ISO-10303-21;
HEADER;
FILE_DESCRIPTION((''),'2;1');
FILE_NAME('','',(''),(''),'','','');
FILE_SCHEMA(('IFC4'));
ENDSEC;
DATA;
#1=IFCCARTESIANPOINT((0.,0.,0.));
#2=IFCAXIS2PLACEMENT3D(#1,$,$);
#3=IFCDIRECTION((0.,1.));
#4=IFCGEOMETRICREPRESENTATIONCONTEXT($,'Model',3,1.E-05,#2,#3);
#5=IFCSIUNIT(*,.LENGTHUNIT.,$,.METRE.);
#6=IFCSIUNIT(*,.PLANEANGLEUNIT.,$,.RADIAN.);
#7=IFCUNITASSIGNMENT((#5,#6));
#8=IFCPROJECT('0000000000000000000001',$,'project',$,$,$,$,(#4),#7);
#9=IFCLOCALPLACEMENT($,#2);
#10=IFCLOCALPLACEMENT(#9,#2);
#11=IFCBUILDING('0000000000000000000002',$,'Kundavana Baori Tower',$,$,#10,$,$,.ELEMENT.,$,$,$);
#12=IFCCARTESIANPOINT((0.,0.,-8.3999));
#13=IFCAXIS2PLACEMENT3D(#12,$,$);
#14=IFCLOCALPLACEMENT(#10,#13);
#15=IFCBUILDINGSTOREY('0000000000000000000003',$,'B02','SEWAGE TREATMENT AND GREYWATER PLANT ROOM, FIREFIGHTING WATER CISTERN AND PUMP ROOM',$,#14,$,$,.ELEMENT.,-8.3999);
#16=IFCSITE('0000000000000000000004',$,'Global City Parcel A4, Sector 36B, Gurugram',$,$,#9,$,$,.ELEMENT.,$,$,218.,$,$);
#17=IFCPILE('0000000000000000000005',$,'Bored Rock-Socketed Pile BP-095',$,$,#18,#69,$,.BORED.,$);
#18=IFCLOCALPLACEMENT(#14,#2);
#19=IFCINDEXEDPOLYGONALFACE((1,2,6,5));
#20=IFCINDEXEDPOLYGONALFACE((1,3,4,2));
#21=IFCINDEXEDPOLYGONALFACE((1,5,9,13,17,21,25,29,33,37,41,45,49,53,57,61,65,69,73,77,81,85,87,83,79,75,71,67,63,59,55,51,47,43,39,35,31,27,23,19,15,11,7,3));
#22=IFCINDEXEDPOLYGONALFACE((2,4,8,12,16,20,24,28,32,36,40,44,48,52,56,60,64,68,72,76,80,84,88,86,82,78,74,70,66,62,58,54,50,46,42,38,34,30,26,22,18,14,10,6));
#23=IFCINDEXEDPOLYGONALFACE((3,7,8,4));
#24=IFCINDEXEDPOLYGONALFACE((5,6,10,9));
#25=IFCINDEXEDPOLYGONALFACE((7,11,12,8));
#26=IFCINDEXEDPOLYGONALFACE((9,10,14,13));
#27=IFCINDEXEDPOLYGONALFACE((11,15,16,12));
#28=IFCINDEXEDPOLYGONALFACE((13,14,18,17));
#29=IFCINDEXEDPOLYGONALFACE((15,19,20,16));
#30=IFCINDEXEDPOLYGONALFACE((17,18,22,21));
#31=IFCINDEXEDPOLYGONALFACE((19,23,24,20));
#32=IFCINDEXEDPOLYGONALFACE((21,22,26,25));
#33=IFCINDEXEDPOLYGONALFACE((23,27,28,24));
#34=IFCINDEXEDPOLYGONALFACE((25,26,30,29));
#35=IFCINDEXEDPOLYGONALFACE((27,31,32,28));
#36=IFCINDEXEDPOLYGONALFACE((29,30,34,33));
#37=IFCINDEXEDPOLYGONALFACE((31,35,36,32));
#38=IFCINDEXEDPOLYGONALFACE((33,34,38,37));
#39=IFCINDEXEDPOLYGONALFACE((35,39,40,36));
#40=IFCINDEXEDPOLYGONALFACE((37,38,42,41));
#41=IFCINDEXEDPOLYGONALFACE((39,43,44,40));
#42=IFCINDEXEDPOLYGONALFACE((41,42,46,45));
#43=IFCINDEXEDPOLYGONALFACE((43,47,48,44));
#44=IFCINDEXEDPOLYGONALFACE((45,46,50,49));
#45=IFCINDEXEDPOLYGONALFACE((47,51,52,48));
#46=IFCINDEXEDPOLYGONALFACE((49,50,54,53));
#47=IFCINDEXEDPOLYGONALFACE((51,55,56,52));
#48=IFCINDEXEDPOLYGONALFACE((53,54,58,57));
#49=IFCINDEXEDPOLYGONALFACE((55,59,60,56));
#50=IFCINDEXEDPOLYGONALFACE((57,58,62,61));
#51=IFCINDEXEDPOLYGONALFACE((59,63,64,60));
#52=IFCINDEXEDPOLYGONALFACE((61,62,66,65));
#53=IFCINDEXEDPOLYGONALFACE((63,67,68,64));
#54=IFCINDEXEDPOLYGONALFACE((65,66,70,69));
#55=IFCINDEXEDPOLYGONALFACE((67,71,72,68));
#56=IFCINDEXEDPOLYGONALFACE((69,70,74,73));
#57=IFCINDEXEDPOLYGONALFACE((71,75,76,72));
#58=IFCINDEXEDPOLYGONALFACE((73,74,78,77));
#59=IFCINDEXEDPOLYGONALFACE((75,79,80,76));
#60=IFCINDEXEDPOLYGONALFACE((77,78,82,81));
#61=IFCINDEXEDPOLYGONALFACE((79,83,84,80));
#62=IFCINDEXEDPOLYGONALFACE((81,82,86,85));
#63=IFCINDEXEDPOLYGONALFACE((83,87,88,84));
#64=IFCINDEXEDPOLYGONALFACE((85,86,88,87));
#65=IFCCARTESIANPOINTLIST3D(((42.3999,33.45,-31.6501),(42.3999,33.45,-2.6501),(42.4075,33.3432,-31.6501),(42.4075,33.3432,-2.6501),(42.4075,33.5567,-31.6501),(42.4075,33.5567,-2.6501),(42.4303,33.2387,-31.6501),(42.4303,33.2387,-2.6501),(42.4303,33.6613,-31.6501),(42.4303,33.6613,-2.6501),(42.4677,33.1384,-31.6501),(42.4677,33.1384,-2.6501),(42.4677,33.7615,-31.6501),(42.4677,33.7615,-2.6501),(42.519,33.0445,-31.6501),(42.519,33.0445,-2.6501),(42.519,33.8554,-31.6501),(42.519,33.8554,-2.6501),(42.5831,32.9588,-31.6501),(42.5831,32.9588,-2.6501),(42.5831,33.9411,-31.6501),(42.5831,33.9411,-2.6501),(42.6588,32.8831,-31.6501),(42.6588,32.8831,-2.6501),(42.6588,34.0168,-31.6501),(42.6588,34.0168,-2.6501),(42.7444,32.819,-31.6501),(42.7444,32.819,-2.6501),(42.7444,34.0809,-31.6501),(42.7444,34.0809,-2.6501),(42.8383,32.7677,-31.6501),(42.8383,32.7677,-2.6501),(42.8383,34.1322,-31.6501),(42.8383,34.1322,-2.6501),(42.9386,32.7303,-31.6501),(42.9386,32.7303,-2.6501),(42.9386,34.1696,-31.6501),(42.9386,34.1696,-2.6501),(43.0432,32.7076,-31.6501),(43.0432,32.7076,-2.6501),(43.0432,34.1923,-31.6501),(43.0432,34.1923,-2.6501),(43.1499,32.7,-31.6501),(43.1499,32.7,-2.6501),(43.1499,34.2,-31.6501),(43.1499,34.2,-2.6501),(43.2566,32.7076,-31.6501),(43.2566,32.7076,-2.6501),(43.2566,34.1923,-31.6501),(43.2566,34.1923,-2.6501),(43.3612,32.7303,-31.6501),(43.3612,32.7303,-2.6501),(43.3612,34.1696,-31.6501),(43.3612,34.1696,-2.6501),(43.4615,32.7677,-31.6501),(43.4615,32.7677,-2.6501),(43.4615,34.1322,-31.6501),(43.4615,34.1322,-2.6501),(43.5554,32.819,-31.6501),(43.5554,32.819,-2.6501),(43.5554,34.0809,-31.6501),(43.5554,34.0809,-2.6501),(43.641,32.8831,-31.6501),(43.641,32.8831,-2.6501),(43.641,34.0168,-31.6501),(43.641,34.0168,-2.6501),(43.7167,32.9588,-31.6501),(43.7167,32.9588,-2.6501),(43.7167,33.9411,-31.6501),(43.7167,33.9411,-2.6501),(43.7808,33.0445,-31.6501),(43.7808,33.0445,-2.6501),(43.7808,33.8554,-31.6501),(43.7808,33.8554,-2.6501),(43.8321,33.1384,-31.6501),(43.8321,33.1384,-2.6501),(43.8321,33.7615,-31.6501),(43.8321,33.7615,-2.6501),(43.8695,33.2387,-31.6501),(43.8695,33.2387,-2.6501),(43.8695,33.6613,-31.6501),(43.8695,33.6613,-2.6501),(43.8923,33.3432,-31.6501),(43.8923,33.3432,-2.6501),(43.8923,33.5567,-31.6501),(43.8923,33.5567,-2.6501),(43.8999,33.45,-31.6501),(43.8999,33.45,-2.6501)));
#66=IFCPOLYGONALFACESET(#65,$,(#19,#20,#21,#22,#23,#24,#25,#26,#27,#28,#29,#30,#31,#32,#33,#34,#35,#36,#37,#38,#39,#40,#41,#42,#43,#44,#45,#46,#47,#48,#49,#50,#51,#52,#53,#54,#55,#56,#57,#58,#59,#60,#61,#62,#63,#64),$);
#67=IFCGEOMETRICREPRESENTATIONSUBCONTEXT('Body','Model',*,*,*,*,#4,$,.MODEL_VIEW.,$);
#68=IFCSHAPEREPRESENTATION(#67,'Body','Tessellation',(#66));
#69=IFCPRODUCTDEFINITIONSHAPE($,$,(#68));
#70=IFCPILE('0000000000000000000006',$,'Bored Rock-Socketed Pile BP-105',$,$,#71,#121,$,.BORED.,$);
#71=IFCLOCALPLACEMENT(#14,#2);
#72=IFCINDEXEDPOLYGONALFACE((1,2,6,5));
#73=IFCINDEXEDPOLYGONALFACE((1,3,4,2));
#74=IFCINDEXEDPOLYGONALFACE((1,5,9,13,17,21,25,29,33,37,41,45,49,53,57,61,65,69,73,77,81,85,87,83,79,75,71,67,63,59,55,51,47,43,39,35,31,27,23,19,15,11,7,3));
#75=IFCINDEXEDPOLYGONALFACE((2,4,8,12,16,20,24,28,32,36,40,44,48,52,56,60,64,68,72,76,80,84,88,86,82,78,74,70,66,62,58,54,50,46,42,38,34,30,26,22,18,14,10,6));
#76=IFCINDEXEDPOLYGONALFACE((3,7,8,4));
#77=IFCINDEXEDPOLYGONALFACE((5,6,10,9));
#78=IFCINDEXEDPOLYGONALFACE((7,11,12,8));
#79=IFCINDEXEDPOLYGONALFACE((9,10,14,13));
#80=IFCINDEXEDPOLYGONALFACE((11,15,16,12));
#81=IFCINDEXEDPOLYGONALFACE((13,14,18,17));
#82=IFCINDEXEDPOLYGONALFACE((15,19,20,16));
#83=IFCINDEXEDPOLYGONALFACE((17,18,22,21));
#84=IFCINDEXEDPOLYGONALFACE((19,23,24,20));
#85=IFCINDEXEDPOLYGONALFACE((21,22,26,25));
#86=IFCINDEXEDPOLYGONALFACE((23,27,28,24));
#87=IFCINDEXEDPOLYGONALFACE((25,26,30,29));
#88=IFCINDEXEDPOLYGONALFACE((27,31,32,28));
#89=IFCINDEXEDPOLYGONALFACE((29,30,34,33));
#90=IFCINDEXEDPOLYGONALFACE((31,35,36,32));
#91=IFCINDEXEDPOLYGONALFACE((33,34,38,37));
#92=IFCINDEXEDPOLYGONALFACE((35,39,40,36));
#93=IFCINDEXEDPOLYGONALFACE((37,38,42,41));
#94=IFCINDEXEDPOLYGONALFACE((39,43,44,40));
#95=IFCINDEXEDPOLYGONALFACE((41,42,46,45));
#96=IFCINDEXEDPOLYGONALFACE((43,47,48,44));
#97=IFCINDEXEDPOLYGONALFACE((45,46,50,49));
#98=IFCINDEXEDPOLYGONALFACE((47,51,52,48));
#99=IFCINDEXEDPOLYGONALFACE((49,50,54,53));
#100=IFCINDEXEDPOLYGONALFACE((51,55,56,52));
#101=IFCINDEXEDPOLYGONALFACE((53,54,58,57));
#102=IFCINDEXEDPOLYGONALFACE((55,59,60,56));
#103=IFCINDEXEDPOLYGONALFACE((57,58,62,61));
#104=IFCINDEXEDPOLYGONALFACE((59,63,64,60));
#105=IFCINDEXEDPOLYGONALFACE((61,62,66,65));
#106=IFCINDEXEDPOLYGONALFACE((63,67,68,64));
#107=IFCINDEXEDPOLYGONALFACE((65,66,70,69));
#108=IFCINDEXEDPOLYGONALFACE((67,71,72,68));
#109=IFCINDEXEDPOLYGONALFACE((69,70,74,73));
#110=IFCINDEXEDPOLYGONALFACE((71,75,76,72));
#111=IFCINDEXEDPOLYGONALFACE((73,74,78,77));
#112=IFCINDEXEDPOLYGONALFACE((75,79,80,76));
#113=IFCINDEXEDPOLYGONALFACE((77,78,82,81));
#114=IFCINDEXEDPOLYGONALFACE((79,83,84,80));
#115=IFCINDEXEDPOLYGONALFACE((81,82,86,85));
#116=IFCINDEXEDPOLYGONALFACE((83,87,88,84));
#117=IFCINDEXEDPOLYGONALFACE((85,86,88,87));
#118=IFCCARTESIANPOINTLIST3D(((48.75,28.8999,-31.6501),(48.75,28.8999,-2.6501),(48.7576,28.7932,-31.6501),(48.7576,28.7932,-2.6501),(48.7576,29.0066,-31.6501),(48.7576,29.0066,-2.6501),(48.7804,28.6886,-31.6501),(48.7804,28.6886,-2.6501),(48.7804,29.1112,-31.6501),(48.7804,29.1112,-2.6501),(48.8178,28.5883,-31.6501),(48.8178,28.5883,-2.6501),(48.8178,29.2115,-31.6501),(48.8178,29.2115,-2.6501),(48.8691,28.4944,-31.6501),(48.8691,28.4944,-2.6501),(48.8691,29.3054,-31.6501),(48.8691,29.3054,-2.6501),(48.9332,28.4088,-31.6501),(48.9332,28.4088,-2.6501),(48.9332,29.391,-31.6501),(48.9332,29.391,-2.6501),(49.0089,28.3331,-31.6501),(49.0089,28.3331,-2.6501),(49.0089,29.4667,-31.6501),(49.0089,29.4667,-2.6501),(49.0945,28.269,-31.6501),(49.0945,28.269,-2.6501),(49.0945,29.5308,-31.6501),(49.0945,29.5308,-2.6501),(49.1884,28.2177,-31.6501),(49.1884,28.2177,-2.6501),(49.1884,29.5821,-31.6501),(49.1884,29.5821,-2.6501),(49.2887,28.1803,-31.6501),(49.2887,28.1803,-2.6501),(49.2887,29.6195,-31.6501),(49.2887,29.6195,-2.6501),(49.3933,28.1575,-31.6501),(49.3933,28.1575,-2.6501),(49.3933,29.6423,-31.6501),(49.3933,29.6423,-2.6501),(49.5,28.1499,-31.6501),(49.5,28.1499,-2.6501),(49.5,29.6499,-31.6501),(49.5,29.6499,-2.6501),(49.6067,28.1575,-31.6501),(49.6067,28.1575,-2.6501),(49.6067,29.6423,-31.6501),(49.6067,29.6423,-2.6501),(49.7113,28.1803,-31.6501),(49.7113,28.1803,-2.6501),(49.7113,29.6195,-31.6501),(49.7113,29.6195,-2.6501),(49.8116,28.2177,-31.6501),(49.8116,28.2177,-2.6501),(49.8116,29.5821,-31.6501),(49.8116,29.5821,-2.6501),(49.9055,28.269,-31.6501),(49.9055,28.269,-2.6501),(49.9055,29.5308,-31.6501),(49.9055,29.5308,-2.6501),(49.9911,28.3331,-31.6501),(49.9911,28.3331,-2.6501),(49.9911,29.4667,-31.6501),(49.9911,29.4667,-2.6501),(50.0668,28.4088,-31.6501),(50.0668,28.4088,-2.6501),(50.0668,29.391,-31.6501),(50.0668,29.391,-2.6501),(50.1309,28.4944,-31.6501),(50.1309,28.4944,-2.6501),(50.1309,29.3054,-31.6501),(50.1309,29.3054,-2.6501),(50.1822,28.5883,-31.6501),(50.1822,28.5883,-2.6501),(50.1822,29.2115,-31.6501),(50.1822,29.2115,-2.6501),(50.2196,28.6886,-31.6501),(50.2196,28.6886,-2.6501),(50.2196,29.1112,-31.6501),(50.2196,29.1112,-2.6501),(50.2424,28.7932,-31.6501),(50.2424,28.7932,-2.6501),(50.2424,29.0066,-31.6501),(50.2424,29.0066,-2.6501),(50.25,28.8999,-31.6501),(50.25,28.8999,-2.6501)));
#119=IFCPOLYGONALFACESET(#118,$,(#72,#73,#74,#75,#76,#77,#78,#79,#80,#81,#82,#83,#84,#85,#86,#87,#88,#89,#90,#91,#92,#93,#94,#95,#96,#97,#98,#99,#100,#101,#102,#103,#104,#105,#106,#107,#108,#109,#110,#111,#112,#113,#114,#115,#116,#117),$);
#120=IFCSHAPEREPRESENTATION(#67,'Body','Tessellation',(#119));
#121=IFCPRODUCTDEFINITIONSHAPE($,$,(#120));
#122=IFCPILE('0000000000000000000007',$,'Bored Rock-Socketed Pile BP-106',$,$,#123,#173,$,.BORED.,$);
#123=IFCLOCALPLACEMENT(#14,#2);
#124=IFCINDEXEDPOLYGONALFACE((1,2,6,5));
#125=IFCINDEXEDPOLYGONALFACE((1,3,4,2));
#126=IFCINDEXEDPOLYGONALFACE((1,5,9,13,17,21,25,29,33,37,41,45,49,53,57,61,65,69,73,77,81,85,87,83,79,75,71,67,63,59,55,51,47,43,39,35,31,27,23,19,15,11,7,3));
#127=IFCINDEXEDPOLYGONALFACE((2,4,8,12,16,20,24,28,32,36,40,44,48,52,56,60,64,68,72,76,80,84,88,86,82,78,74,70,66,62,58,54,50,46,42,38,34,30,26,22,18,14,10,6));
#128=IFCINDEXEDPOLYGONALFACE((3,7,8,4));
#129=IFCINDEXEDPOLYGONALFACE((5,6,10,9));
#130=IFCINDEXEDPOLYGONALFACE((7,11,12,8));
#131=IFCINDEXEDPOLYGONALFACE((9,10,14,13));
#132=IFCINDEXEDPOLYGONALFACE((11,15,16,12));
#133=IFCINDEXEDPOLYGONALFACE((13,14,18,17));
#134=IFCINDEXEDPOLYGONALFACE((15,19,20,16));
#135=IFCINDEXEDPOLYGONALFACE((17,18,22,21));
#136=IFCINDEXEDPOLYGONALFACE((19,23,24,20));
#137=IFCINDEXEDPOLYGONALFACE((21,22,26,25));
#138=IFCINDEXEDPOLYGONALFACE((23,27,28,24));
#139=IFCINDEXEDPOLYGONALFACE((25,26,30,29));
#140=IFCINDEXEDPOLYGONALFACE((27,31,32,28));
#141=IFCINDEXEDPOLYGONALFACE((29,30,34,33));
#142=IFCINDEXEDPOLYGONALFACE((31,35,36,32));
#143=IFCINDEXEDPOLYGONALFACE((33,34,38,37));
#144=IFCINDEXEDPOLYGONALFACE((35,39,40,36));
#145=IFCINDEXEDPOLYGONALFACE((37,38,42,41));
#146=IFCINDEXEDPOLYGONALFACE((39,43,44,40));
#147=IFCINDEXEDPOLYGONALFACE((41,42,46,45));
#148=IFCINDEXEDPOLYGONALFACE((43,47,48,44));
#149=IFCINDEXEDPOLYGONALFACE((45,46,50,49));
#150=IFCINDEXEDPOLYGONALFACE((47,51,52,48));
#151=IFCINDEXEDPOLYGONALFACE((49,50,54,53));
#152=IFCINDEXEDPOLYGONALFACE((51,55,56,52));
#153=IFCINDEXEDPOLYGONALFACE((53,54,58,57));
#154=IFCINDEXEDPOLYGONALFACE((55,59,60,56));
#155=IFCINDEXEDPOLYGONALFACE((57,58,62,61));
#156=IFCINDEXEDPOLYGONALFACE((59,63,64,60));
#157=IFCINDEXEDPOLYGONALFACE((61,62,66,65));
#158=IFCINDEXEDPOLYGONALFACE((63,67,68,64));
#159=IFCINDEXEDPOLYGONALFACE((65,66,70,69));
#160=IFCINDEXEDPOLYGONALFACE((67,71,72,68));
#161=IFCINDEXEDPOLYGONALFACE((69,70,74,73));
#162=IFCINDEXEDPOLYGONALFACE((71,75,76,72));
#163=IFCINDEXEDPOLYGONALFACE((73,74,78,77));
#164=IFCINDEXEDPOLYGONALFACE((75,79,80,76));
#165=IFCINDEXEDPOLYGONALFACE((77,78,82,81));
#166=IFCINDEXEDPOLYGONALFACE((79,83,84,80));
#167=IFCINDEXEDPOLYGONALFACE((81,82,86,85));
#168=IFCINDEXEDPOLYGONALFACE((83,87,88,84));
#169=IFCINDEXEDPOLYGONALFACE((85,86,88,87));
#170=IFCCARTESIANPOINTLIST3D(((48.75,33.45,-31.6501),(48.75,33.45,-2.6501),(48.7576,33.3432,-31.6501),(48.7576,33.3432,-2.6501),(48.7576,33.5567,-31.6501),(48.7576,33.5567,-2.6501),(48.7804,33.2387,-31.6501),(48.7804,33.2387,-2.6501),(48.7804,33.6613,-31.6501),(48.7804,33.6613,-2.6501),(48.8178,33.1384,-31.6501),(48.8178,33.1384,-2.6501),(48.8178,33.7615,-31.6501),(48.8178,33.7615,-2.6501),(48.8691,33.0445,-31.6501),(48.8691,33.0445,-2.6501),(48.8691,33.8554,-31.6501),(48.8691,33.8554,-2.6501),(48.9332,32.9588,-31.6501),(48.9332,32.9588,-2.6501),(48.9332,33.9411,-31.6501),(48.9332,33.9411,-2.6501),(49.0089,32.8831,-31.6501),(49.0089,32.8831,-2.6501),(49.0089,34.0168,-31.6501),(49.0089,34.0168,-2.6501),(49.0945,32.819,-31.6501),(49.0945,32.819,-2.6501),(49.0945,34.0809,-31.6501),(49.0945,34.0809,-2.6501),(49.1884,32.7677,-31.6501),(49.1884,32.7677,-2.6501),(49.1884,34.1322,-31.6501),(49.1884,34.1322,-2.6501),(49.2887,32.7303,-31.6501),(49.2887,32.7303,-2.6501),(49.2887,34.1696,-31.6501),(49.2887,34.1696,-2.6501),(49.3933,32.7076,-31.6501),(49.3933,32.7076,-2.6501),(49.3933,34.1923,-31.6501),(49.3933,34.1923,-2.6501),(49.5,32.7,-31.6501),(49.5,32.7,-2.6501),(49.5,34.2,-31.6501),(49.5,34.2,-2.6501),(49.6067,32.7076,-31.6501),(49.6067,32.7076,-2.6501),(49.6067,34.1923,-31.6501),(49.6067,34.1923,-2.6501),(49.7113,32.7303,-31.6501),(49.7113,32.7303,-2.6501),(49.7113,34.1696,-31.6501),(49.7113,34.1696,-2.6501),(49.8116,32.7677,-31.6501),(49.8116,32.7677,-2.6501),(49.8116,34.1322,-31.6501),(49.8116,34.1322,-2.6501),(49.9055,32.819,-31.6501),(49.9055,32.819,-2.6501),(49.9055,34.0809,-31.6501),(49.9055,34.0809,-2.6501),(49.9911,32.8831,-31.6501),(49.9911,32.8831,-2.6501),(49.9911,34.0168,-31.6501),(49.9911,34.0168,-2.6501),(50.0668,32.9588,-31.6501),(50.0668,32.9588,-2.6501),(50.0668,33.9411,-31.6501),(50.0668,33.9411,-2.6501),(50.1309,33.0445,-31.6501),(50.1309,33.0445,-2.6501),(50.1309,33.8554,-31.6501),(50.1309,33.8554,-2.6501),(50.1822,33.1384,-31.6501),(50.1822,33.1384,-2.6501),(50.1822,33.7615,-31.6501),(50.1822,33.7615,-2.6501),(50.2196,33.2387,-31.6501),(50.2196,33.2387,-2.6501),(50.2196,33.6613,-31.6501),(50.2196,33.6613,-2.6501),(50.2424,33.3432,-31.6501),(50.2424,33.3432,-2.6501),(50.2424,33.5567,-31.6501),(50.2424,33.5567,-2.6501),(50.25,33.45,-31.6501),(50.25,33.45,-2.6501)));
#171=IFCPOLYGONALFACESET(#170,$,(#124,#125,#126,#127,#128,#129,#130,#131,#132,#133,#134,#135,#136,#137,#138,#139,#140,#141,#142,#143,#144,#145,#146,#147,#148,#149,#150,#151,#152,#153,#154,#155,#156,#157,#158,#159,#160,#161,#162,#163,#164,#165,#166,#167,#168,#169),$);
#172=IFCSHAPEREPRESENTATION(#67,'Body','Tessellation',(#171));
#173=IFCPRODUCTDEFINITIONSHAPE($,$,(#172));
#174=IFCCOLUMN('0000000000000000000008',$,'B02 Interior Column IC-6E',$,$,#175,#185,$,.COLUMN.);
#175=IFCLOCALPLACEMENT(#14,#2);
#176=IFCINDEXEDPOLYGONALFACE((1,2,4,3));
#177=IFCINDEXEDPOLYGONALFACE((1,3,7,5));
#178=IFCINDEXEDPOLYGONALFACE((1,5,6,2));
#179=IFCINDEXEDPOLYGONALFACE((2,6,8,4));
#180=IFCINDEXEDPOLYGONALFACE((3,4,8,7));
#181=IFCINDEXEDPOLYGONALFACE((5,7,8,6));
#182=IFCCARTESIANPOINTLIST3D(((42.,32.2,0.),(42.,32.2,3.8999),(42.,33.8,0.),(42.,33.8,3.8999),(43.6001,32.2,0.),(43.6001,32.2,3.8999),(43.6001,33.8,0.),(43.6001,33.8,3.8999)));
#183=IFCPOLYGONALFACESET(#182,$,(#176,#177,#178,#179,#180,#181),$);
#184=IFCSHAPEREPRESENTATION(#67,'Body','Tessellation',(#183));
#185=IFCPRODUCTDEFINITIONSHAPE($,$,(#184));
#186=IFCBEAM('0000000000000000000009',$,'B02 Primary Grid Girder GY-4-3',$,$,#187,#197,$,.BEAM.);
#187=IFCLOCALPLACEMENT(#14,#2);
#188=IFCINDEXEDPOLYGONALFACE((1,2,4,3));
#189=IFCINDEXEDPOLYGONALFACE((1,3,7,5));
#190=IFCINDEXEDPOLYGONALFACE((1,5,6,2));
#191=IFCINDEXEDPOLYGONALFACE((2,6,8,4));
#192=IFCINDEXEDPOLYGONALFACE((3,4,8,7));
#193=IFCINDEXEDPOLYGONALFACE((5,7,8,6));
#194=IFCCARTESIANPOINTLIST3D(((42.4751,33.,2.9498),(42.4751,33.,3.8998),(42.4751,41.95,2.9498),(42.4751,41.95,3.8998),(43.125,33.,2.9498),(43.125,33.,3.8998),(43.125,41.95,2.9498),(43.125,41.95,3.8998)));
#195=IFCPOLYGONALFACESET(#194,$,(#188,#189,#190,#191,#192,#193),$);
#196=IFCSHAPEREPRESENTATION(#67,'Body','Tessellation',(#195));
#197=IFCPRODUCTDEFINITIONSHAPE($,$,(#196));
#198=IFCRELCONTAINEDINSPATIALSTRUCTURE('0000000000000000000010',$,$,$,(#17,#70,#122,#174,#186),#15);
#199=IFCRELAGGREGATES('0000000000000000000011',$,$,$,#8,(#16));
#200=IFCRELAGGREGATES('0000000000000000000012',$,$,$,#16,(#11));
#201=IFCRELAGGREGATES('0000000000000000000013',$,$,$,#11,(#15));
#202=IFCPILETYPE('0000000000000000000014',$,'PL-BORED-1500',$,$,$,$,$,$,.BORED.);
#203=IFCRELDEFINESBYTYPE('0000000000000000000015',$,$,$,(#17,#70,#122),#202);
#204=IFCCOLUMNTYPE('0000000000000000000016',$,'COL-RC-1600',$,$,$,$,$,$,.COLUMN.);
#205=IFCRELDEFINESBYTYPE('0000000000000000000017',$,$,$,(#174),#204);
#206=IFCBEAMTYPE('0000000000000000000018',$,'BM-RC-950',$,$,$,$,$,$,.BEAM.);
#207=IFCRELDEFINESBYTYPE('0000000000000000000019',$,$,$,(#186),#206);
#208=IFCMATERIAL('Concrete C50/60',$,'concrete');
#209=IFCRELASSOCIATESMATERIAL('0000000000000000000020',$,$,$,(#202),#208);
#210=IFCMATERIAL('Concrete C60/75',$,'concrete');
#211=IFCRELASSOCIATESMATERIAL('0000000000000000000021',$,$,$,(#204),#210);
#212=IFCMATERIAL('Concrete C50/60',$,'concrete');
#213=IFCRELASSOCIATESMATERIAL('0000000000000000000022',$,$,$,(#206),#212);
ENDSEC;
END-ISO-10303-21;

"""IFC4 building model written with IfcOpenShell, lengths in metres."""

from ifc_helpers import new_model, si_unit, direction, frame, origin, origin_2d, place, context, subcontext, project, spatial, rectangle, circle, extrude, material, material_profile, profile_set, type_object, element, save


model = new_model("IFC4")

# Units and contexts
model_context = context("Model", 3, precision=1e-05, world=origin(), true_north=direction((0.0, 1.0)))
body_context = subcontext(model_context, "Body", "Model", "MODEL_VIEW")
ifc_project = project(units=[si_unit("LENGTHUNIT", "METRE"), si_unit("PLANEANGLEUNIT", "RADIAN")], contexts=[model_context])

# Site, building, storey
site_placement = place(None, origin())
site = spatial("IfcSite", under=ifc_project, at=site_placement, Name="Global City Parcel A4, Sector 36B, Gurugram", CompositionType="ELEMENT", RefElevation=218.0)
building_placement = place(site_placement, origin())
building = spatial("IfcBuilding", under=site, at=building_placement, Name="Kundavana Baori Tower", CompositionType="ELEMENT")
storey_placement = place(building_placement, frame((0.0, 0.0, -8.3999)))
storey = spatial("IfcBuildingStorey", under=building, at=storey_placement, Name="B02", Description="SEWAGE TREATMENT AND GREYWATER PLANT ROOM, FIREFIGHTING WATER CISTERN AND PUMP ROOM", CompositionType="ELEMENT", Elevation=-8.3999)

# Piles
ifc_material_1 = material(Name="Concrete C50/60", Category="concrete")
ifc_material_profile_1 = material_profile(ifc_material_1, circle(Radius=0.75, at=origin_2d()), Name="BORED PILE D1500")
ifc_profile_set_1 = profile_set([ifc_material_profile_1], Name="Concrete C50/60")
pile_type = type_object("IfcPileType", Name="PL-BORED-1500", PredefinedType="BORED", material=ifc_profile_set_1)
for number, where, z_axis, x_axis, name in (
    (1, (43.1499, 33.45, -2.6501), (0.0, 0.0, -1.0), (1.0, 0.0, 0.0), "Bored Rock-Socketed Pile BP-095"),
    (2, (49.5, 28.8999, -2.6501), (0.0, 0.0, -1.0), (1.0, 0.0, 0.0), "Bored Rock-Socketed Pile BP-105"),
    (3, (49.5, 33.45, -2.6501), (0.0, 0.0, -1.0), (1.0, 0.0, 0.0), "Bored Rock-Socketed Pile BP-106"),
):
    element("IfcPile", number, at=place(storey_placement, frame(where, z_axis=z_axis, x_axis=x_axis)), inside=storey, type_object=pile_type, Name=name, PredefinedType="BORED", context=body_context, shape_type="SweptSolid", body=[
        extrude(circle(Radius=0.75, at=origin_2d()), origin(), (0.0, 0.0, 1.0), 29.0),
    ])

# Column
ifc_material_2 = material(Name="Concrete C60/75", Category="concrete")
ifc_material_profile_2 = material_profile(ifc_material_2, rectangle(XDim=1.6001, YDim=1.6001, at=origin_2d()), Name="RC 1600x1600")
ifc_profile_set_2 = profile_set([ifc_material_profile_2], Name="Concrete C60/75")
column_type = type_object("IfcColumnType", Name="COL-RC-1600", PredefinedType="COLUMN", material=ifc_profile_set_2)
column_placement = place(storey_placement, frame((42.8, 33.0, 0.0), z_axis=(0.0, 0.0, 1.0), x_axis=(1.0, 0.0, 0.0)))
element("IfcColumn", 4, at=column_placement, inside=storey, type_object=column_type, Name="B02 Interior Column IC-6E", PredefinedType="COLUMN", context=body_context, shape_type="SweptSolid", body=[
    extrude(rectangle(XDim=1.6001, YDim=1.6001, at=origin_2d()), origin(), (0.0, 0.0, 1.0), 3.8999),
])

# Beam
ifc_material_3 = material(Name="Concrete C50/60", Category="concrete")
ifc_material_profile_3 = material_profile(ifc_material_3, rectangle(XDim=0.6499, YDim=0.95, at=origin_2d()), Name="RC BM 650x950")
ifc_profile_set_3 = profile_set([ifc_material_profile_3], Name="Concrete C50/60")
beam_type = type_object("IfcBeamType", Name="BM-RC-950", PredefinedType="BEAM", material=ifc_profile_set_3)
beam_1_placement = place(storey_placement, frame((42.8, 33.0, 3.4248), z_axis=(0.0, 1.0, 0.0), x_axis=(-1.0, 0.0, 0.0)))
element("IfcBeam", 5, at=beam_1_placement, inside=storey, type_object=beam_type, Name="B02 Primary Grid Girder GY-4-3", PredefinedType="BEAM", context=body_context, shape_type="SweptSolid", body=[
    extrude(rectangle(XDim=0.6499, YDim=0.95, at=origin_2d()), origin(), (0.0, 0.0, 1.0), 8.95),
])

save(model, "model.ifc")
